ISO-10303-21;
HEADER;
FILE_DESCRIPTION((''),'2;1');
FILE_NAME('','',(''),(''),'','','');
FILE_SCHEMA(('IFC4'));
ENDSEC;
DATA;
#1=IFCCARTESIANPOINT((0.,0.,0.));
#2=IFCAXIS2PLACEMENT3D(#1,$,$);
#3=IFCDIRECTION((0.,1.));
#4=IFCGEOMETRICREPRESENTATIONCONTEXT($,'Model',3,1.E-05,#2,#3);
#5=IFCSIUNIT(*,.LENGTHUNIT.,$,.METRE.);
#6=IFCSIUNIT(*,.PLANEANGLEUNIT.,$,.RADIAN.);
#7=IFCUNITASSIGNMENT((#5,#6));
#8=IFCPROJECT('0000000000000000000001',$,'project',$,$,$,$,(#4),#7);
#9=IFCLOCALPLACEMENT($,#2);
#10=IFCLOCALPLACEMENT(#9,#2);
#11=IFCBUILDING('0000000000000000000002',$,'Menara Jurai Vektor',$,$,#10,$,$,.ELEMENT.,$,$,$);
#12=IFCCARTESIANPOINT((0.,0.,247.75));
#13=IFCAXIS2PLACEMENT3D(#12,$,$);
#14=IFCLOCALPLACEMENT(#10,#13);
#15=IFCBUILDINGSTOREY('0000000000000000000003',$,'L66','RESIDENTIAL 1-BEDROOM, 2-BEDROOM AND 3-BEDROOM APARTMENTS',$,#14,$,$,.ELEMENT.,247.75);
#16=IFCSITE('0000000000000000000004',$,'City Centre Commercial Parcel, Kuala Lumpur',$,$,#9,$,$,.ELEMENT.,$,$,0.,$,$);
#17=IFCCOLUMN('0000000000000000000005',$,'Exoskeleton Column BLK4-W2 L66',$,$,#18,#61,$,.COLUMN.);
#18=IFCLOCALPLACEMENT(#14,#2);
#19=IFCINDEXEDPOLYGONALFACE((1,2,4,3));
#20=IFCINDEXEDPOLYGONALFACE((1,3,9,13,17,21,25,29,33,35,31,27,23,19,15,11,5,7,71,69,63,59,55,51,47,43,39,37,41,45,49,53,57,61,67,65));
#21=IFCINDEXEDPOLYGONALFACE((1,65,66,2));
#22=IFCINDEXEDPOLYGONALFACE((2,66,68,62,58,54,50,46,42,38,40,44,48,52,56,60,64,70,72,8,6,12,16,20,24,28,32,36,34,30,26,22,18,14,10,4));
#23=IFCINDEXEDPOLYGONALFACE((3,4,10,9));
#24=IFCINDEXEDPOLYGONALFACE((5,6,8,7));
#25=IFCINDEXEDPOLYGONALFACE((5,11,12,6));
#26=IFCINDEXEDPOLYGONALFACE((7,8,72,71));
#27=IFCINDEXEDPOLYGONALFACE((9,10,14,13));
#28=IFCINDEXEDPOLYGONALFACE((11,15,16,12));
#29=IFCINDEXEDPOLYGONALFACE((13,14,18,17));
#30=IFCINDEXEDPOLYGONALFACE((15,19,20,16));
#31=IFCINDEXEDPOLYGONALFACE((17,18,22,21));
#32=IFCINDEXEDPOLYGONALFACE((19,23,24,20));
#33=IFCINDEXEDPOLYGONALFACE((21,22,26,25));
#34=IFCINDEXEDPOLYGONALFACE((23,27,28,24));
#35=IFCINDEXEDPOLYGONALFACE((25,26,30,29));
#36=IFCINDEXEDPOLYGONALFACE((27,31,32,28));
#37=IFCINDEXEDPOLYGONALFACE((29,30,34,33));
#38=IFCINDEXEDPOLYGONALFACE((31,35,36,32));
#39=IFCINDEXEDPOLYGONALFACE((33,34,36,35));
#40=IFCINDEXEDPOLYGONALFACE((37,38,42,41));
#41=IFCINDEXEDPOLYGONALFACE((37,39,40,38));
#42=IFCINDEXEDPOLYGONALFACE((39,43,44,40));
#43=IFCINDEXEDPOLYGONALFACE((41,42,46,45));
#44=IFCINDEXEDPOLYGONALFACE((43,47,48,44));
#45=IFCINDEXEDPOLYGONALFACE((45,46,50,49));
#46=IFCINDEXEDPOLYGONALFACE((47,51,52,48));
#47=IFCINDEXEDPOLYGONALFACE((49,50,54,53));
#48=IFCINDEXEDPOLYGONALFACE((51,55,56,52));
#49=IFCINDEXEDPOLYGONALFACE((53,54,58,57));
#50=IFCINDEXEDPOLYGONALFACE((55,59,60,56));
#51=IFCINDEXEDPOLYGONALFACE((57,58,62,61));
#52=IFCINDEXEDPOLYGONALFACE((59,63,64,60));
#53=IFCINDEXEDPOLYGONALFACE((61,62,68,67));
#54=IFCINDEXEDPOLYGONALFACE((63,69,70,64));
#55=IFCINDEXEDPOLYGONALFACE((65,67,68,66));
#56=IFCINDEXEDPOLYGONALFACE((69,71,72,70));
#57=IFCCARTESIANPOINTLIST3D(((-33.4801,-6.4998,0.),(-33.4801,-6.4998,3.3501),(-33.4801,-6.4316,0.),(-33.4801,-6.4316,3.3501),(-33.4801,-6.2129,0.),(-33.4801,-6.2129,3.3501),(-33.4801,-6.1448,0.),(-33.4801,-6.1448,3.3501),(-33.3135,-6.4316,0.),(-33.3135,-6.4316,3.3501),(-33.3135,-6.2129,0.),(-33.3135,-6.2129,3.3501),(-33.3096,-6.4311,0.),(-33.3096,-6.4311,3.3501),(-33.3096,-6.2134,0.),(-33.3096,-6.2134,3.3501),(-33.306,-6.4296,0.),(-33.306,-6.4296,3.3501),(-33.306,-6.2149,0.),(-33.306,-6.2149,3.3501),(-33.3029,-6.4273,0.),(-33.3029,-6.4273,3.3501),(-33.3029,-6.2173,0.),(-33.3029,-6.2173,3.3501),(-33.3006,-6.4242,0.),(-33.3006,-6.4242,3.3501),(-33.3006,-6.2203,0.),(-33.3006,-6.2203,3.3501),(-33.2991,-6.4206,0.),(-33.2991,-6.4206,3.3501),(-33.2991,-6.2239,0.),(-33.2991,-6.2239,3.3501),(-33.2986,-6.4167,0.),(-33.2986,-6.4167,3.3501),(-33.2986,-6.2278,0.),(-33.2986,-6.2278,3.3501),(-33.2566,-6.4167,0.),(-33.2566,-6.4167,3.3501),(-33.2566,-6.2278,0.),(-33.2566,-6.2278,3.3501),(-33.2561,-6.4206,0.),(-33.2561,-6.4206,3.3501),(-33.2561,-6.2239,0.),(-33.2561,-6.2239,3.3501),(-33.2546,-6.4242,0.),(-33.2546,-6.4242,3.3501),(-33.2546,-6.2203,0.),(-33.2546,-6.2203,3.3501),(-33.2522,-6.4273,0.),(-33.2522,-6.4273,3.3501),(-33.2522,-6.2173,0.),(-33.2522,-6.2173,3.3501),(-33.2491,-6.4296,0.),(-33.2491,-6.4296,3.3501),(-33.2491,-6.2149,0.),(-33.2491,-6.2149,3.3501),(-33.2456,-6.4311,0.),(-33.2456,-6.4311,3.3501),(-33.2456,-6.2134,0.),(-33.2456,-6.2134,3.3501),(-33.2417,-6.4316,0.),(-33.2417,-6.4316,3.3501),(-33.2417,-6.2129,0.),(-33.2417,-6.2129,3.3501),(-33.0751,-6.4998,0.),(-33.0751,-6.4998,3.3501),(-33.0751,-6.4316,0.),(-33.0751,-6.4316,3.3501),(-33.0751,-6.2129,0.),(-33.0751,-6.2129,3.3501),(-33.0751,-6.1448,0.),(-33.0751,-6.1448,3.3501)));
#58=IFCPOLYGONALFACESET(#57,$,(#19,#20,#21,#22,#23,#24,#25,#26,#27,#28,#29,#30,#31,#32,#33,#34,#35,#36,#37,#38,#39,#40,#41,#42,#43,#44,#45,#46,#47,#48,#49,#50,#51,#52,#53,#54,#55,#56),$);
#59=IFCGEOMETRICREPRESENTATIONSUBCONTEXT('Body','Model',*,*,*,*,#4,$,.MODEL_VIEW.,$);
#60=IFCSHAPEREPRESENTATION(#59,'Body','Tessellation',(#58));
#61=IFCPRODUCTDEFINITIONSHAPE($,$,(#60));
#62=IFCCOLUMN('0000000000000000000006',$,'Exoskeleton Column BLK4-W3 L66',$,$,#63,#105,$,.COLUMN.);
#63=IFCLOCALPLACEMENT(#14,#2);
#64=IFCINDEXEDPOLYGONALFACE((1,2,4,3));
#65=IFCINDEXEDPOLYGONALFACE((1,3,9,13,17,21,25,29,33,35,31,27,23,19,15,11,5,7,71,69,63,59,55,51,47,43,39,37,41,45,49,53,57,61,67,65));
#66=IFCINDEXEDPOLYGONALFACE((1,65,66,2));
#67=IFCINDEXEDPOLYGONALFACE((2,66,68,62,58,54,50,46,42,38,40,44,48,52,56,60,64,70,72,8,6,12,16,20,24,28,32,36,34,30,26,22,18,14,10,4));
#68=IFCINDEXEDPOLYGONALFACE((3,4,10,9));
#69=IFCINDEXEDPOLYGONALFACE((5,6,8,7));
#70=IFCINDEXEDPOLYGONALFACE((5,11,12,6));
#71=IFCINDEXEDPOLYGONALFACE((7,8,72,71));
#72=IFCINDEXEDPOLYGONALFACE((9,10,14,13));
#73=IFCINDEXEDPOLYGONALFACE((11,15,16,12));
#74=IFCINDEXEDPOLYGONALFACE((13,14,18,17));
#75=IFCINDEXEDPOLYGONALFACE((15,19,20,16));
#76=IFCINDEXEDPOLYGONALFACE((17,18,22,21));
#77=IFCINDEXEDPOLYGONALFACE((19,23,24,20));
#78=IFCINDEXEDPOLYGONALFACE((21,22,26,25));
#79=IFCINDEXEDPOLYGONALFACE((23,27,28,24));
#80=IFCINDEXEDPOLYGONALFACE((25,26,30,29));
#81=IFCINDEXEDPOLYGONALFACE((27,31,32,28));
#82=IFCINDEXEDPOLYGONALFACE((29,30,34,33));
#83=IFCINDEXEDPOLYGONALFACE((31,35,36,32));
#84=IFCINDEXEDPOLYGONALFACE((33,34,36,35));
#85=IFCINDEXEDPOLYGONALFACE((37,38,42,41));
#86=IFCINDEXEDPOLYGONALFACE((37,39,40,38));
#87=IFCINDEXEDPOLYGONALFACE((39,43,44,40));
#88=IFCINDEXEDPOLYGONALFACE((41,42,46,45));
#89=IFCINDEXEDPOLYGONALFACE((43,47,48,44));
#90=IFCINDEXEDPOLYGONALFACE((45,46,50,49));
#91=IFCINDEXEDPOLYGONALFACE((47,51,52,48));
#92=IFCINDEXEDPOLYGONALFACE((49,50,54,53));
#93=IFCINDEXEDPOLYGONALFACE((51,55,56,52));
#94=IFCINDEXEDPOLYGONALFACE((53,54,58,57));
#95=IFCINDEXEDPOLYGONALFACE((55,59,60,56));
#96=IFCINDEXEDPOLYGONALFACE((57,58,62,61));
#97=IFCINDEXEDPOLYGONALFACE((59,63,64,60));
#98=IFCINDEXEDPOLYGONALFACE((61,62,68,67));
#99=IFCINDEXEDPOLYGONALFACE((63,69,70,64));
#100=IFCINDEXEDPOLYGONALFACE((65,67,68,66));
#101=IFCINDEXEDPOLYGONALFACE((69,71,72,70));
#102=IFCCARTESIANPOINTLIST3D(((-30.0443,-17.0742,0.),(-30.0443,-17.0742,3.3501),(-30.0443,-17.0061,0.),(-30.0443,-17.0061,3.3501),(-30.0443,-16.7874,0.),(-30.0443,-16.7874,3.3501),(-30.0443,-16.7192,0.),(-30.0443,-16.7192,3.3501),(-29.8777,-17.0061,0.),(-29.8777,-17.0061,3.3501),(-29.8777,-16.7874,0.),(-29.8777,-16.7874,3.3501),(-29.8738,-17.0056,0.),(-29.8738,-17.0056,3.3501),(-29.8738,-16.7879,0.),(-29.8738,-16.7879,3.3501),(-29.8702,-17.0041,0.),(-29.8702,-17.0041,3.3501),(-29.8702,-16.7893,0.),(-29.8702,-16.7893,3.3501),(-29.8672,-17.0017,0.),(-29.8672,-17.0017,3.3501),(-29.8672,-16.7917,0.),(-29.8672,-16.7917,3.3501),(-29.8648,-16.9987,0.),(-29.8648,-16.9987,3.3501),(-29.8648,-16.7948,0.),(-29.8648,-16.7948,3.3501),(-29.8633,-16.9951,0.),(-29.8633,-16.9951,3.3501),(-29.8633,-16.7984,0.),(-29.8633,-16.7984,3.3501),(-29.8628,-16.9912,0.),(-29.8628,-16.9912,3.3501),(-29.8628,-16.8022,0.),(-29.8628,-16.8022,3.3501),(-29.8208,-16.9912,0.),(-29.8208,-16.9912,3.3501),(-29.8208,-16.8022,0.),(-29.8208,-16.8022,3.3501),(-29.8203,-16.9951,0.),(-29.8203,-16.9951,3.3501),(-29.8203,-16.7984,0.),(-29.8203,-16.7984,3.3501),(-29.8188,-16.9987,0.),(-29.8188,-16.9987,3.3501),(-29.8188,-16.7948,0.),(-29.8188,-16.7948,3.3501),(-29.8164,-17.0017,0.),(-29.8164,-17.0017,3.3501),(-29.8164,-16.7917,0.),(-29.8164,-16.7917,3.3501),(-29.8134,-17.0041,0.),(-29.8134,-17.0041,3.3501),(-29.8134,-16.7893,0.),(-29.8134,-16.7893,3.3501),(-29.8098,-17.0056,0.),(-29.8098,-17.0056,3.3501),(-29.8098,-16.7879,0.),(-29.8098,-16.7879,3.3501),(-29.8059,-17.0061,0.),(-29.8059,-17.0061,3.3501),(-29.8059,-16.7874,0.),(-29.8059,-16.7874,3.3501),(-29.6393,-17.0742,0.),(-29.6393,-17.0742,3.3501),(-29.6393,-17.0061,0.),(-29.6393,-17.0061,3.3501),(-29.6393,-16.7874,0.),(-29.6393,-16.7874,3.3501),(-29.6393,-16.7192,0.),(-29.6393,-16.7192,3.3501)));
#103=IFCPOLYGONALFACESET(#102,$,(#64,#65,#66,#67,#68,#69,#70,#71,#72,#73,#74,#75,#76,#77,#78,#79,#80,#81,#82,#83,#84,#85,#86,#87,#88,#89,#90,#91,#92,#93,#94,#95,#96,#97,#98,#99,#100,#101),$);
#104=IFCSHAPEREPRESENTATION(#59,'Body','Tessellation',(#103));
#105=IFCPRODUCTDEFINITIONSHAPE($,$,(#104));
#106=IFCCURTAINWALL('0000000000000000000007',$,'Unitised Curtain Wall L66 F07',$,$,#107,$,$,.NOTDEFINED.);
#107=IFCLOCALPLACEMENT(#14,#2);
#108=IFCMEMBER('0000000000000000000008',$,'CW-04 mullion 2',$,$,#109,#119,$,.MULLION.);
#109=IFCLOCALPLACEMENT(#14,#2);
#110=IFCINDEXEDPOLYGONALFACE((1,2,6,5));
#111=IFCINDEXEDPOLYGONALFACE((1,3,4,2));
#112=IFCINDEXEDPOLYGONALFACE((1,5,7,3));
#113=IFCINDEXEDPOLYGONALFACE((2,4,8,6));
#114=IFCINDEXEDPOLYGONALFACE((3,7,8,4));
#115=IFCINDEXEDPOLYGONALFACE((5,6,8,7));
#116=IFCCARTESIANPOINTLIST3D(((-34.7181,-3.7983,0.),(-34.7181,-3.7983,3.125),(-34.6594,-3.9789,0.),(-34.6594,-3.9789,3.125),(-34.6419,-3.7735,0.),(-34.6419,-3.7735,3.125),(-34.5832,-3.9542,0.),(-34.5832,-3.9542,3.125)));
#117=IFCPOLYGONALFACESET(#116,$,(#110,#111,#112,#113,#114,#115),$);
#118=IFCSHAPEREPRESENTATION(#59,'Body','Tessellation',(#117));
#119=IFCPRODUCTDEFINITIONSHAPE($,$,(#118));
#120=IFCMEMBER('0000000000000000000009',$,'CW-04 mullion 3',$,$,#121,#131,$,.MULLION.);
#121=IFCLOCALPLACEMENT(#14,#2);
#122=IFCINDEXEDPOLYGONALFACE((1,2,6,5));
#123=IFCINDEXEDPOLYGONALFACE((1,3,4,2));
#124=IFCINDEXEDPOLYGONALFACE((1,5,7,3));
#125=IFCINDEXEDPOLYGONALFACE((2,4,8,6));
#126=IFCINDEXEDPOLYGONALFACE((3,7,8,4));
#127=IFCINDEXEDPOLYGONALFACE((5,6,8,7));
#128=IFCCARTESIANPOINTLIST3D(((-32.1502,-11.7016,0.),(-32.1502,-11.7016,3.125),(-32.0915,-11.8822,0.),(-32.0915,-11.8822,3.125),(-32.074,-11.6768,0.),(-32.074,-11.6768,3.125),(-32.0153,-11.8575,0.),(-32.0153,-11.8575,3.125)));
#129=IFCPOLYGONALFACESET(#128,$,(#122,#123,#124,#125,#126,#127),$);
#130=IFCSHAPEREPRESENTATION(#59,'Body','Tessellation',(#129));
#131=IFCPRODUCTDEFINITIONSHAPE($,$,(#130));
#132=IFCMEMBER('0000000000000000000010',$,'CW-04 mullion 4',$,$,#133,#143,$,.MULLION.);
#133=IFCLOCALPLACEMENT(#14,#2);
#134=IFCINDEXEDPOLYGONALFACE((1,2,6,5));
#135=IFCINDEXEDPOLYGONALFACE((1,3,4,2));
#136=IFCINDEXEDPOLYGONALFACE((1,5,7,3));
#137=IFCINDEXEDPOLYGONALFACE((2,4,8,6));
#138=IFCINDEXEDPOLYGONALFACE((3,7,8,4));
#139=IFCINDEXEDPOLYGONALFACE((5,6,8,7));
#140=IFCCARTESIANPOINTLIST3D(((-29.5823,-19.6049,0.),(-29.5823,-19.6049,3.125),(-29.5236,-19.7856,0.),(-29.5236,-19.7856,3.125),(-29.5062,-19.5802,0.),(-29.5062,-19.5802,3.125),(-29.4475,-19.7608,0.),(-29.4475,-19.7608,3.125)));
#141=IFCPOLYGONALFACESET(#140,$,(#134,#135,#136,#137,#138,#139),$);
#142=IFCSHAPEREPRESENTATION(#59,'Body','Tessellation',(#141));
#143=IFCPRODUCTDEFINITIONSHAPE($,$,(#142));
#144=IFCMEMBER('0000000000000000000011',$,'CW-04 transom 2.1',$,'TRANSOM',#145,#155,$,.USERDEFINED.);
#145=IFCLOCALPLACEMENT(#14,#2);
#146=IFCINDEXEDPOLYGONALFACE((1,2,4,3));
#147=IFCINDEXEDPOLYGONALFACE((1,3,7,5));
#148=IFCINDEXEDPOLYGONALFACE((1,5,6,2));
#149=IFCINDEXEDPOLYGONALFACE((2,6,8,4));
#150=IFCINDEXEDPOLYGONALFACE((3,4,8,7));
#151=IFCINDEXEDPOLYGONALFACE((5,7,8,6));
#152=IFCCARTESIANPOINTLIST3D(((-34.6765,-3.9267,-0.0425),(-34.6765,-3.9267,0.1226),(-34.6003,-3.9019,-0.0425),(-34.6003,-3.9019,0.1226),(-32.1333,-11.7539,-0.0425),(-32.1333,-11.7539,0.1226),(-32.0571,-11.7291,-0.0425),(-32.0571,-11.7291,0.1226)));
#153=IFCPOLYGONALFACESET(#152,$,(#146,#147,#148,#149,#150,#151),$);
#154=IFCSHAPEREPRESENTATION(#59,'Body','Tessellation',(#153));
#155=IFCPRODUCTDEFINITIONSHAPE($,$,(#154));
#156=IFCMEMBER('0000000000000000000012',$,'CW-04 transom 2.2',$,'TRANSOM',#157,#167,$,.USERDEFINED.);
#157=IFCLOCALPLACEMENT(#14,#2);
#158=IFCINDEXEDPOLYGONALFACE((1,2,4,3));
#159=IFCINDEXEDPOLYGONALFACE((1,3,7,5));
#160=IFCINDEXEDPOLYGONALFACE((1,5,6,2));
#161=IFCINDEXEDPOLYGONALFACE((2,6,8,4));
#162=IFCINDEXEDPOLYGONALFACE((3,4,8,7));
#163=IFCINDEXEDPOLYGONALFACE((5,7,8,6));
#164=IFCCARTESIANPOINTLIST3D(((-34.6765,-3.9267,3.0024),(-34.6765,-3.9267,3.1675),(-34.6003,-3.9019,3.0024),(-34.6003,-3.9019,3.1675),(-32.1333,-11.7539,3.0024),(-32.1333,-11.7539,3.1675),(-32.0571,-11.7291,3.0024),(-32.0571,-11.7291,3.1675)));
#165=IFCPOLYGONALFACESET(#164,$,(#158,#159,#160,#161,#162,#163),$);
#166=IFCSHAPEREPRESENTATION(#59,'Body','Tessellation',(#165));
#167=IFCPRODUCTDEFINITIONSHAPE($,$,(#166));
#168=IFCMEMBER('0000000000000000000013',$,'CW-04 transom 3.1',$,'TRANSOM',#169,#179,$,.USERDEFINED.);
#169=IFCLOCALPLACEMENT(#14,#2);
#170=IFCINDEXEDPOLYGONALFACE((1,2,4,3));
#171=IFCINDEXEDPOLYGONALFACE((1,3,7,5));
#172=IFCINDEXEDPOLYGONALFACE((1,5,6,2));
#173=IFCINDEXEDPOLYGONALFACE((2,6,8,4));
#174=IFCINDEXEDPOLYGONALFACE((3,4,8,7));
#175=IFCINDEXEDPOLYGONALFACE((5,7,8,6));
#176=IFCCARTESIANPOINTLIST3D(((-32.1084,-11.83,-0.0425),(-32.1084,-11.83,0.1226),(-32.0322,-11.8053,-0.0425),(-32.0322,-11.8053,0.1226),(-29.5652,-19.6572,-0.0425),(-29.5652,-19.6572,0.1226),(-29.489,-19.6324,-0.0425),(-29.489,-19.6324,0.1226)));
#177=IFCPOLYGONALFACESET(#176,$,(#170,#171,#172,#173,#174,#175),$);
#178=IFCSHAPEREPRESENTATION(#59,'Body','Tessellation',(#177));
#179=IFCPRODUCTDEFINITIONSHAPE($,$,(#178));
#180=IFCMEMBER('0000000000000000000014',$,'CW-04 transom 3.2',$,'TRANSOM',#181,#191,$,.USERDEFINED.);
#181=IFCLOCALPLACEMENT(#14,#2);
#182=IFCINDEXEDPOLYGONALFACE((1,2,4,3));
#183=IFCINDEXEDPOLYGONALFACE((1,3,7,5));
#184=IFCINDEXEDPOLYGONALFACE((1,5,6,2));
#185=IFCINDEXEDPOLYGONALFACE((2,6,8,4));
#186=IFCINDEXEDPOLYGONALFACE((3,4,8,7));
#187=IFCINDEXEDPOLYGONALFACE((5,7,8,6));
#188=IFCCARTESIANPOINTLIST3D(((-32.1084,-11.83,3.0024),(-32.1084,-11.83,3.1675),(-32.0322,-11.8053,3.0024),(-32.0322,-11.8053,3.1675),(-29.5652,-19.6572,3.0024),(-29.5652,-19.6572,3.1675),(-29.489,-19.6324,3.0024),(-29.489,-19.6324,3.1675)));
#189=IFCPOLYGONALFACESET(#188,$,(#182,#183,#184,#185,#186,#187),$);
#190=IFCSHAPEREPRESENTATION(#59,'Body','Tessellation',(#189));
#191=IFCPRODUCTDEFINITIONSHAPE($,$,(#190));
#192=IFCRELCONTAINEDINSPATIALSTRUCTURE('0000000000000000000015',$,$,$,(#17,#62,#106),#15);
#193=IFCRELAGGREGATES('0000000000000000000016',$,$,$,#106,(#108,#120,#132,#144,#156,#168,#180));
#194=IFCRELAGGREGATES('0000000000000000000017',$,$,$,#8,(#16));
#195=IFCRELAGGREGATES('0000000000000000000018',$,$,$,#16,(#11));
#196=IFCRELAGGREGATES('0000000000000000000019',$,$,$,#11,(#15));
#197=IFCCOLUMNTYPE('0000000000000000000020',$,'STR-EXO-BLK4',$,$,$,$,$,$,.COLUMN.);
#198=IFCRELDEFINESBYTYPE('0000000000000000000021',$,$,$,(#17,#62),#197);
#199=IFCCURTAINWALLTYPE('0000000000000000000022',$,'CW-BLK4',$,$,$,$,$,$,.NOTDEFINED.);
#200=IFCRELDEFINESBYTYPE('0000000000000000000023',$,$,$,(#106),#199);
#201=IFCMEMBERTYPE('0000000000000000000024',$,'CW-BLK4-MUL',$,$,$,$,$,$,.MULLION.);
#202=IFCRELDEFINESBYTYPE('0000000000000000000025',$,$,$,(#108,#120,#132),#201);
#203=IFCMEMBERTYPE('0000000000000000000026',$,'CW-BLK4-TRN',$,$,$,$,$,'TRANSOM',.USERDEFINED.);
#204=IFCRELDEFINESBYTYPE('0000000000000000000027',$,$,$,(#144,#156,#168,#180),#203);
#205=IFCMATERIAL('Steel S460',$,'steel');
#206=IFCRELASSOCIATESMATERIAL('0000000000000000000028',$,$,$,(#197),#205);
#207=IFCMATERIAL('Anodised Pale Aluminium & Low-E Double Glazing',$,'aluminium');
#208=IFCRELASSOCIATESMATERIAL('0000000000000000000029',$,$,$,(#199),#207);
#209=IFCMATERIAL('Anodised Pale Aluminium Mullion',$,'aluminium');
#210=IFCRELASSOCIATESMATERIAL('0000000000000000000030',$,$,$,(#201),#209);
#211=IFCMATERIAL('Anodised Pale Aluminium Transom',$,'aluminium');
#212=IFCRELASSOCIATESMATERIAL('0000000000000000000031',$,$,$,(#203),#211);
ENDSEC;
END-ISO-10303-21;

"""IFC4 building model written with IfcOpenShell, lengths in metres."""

from ifc_helpers import new_model, si_unit, direction, frame, origin, origin_2d, place, context, subcontext, project, spatial, rectangle, i_section, extrude, material, material_profile, profile_set, type_object, element, aggregate, save


model = new_model("IFC4")

# Units and contexts
model_context = context("Model", 3, precision=1e-05, world=origin(), true_north=direction((0.0, 1.0)))
body_context = subcontext(model_context, "Body", "Model", "MODEL_VIEW")
ifc_project = project(units=[si_unit("LENGTHUNIT", "METRE"), si_unit("PLANEANGLEUNIT", "RADIAN")], contexts=[model_context])

# Site, building, storey
site_placement = place(None, origin())
site = spatial("IfcSite", under=ifc_project, at=site_placement, Name="City Centre Commercial Parcel, Kuala Lumpur", CompositionType="ELEMENT", RefElevation=0.0)
building_placement = place(site_placement, origin())
building = spatial("IfcBuilding", under=site, at=building_placement, Name="Menara Jurai Vektor", CompositionType="ELEMENT")
storey_placement = place(building_placement, frame((0.0, 0.0, 247.75)))
storey = spatial("IfcBuildingStorey", under=building, at=storey_placement, Name="L66", Description="RESIDENTIAL 1-BEDROOM, 2-BEDROOM AND 3-BEDROOM APARTMENTS", CompositionType="ELEMENT", Elevation=247.75)

# Columns
ifc_material_1 = material(Name="Steel S460", Category="steel")
ifc_material_profile_1 = material_profile(ifc_material_1, i_section(OverallWidth=0.405, OverallDepth=0.355, WebThickness=0.042, FlangeThickness=0.0681, FilletRadius=0.0149, at=origin_2d()), Name="HD 400x551")
ifc_profile_set_1 = profile_set([ifc_material_profile_1], Name="Steel S460")
column_type = type_object("IfcColumnType", Name="STR-EXO-BLK4", PredefinedType="COLUMN", material=ifc_profile_set_1)
for number, where, z_axis, x_axis, name in (
    (1, (-33.2776, -6.3223, 0.0), (0.0, 0.0, 1.0), (1.0, 0.0, 0.0), "Exoskeleton Column BLK4-W2 L66"),
    (2, (-29.8418, -16.8967, 0.0), (0.0, 0.0, 1.0), (1.0, 0.0, 0.0), "Exoskeleton Column BLK4-W3 L66"),
):
    element("IfcColumn", number, at=place(storey_placement, frame(where, z_axis=z_axis, x_axis=x_axis)), inside=storey, type_object=column_type, Name=name, PredefinedType="COLUMN", context=body_context, shape_type="SweptSolid", body=[
        extrude(i_section(OverallWidth=0.405, OverallDepth=0.355, WebThickness=0.042, FlangeThickness=0.0681, FilletRadius=0.0149, at=origin_2d()), origin(), (0.0, 0.0, 1.0), 3.3501),
    ])

# Curtain wall, members
ifc_material_2 = material(Name="Anodised Pale Aluminium & Low-E Double Glazing", Category="aluminium")
curtain_wall_type = type_object("IfcCurtainWallType", Name="CW-BLK4", PredefinedType="NOTDEFINED", material=ifc_material_2)
curtain_wall_placement = place(storey_placement, origin())
curtain_wall = element("IfcCurtainWall", 3, at=curtain_wall_placement, inside=storey, type_object=curtain_wall_type, Name="Unitised Curtain Wall L66 F07", PredefinedType="NOTDEFINED")
ifc_material_3 = material(Name="Anodised Pale Aluminium Mullion", Category="aluminium")
ifc_material_profile_2 = material_profile(ifc_material_3, rectangle(XDim=0.0801, YDim=0.1899, at=origin_2d()), Name="ALU MUL 80x190")
ifc_profile_set_2 = profile_set([ifc_material_profile_2], Name="Anodised Pale Aluminium Mullion")
member_type_1 = type_object("IfcMemberType", Name="CW-BLK4-MUL", PredefinedType="MULLION", material=ifc_profile_set_2)
member_1_placement = place(storey_placement, frame((-34.6506, -3.8762, 0.0), z_axis=(0.0, 0.0, 1.0), x_axis=(0.951057, 0.309016, 0.0)))
member_1 = element("IfcMember", 4, at=member_1_placement, type_object=member_type_1, Name="CW-04 mullion 2", PredefinedType="MULLION", context=body_context, shape_type="SweptSolid", body=[
    extrude(rectangle(XDim=0.0801, YDim=0.1899, at=origin_2d()), origin(), (0.0, 0.0, 1.0), 3.125),
])
member_2_placement = place(storey_placement, frame((-32.0828, -11.7795, 0.0), z_axis=(0.0, 0.0, 1.0), x_axis=(0.951057, 0.309016, 0.0)))
member_2 = element("IfcMember", 5, at=member_2_placement, type_object=member_type_1, Name="CW-04 mullion 3", PredefinedType="MULLION", context=body_context, shape_type="SweptSolid", body=[
    extrude(rectangle(XDim=0.0801, YDim=0.1899, at=origin_2d()), origin(), (0.0, 0.0, 1.0), 3.125),
])
member_3_placement = place(storey_placement, frame((-29.5149, -19.6829, 0.0), z_axis=(0.0, 0.0, 1.0), x_axis=(0.951057, 0.309016, 0.0)))
member_3 = element("IfcMember", 6, at=member_3_placement, type_object=member_type_1, Name="CW-04 mullion 4", PredefinedType="MULLION", context=body_context, shape_type="SweptSolid", body=[
    extrude(rectangle(XDim=0.0801, YDim=0.1899, at=origin_2d()), origin(), (0.0, 0.0, 1.0), 3.125),
])
ifc_material_4 = material(Name="Anodised Pale Aluminium Transom", Category="aluminium")
ifc_material_profile_3 = material_profile(ifc_material_4, rectangle(XDim=0.0801, YDim=0.165, at=origin_2d()), Name="ALU TRN 80x165")
ifc_profile_set_3 = profile_set([ifc_material_profile_3], Name="Anodised Pale Aluminium Transom")
member_type_2 = type_object("IfcMemberType", Name="CW-BLK4-TRN", ElementType="TRANSOM", PredefinedType="USERDEFINED", material=ifc_profile_set_3)
member_4_placement = place(storey_placement, frame((-34.6384, -3.9143, 0.04), z_axis=(0.309019, -0.951056, 0.0), x_axis=(0.951056, 0.309019, 0.0)))
member_4 = element("IfcMember", 7, at=member_4_placement, type_object=member_type_2, Name="CW-04 transom 2.1", ObjectType="TRANSOM", PredefinedType="USERDEFINED", context=body_context, shape_type="SweptSolid", body=[
    extrude(rectangle(XDim=0.0801, YDim=0.165, at=origin_2d()), origin(), (0.0, 0.0, 1.0), 8.23),
])
member_5_placement = place(storey_placement, frame((-34.6384, -3.9143, 3.085), z_axis=(0.309019, -0.951056, 0.0), x_axis=(0.951056, 0.309019, 0.0)))
member_5 = element("IfcMember", 8, at=member_5_placement, type_object=member_type_2, Name="CW-04 transom 2.2", ObjectType="TRANSOM", PredefinedType="USERDEFINED", context=body_context, shape_type="SweptSolid", body=[
    extrude(rectangle(XDim=0.0801, YDim=0.165, at=origin_2d()), origin(), (0.0, 0.0, 1.0), 8.23),
])
member_6_placement = place(storey_placement, frame((-32.0703, -11.8176, 0.04), z_axis=(0.309019, -0.951056, 0.0), x_axis=(0.951056, 0.309019, 0.0)))
member_6 = element("IfcMember", 9, at=member_6_placement, type_object=member_type_2, Name="CW-04 transom 3.1", ObjectType="TRANSOM", PredefinedType="USERDEFINED", context=body_context, shape_type="SweptSolid", body=[
    extrude(rectangle(XDim=0.0801, YDim=0.165, at=origin_2d()), origin(), (0.0, 0.0, 1.0), 8.23),
])
member_7_placement = place(storey_placement, frame((-32.0703, -11.8176, 3.085), z_axis=(0.309019, -0.951056, 0.0), x_axis=(0.951056, 0.309019, 0.0)))
member_7 = element("IfcMember", 10, at=member_7_placement, type_object=member_type_2, Name="CW-04 transom 3.2", ObjectType="TRANSOM", PredefinedType="USERDEFINED", context=body_context, shape_type="SweptSolid", body=[
    extrude(rectangle(XDim=0.0801, YDim=0.165, at=origin_2d()), origin(), (0.0, 0.0, 1.0), 8.23),
])

aggregate(curtain_wall, [member_1, member_2, member_3, member_4, member_5, member_6, member_7])

save(model, "model.ifc")
